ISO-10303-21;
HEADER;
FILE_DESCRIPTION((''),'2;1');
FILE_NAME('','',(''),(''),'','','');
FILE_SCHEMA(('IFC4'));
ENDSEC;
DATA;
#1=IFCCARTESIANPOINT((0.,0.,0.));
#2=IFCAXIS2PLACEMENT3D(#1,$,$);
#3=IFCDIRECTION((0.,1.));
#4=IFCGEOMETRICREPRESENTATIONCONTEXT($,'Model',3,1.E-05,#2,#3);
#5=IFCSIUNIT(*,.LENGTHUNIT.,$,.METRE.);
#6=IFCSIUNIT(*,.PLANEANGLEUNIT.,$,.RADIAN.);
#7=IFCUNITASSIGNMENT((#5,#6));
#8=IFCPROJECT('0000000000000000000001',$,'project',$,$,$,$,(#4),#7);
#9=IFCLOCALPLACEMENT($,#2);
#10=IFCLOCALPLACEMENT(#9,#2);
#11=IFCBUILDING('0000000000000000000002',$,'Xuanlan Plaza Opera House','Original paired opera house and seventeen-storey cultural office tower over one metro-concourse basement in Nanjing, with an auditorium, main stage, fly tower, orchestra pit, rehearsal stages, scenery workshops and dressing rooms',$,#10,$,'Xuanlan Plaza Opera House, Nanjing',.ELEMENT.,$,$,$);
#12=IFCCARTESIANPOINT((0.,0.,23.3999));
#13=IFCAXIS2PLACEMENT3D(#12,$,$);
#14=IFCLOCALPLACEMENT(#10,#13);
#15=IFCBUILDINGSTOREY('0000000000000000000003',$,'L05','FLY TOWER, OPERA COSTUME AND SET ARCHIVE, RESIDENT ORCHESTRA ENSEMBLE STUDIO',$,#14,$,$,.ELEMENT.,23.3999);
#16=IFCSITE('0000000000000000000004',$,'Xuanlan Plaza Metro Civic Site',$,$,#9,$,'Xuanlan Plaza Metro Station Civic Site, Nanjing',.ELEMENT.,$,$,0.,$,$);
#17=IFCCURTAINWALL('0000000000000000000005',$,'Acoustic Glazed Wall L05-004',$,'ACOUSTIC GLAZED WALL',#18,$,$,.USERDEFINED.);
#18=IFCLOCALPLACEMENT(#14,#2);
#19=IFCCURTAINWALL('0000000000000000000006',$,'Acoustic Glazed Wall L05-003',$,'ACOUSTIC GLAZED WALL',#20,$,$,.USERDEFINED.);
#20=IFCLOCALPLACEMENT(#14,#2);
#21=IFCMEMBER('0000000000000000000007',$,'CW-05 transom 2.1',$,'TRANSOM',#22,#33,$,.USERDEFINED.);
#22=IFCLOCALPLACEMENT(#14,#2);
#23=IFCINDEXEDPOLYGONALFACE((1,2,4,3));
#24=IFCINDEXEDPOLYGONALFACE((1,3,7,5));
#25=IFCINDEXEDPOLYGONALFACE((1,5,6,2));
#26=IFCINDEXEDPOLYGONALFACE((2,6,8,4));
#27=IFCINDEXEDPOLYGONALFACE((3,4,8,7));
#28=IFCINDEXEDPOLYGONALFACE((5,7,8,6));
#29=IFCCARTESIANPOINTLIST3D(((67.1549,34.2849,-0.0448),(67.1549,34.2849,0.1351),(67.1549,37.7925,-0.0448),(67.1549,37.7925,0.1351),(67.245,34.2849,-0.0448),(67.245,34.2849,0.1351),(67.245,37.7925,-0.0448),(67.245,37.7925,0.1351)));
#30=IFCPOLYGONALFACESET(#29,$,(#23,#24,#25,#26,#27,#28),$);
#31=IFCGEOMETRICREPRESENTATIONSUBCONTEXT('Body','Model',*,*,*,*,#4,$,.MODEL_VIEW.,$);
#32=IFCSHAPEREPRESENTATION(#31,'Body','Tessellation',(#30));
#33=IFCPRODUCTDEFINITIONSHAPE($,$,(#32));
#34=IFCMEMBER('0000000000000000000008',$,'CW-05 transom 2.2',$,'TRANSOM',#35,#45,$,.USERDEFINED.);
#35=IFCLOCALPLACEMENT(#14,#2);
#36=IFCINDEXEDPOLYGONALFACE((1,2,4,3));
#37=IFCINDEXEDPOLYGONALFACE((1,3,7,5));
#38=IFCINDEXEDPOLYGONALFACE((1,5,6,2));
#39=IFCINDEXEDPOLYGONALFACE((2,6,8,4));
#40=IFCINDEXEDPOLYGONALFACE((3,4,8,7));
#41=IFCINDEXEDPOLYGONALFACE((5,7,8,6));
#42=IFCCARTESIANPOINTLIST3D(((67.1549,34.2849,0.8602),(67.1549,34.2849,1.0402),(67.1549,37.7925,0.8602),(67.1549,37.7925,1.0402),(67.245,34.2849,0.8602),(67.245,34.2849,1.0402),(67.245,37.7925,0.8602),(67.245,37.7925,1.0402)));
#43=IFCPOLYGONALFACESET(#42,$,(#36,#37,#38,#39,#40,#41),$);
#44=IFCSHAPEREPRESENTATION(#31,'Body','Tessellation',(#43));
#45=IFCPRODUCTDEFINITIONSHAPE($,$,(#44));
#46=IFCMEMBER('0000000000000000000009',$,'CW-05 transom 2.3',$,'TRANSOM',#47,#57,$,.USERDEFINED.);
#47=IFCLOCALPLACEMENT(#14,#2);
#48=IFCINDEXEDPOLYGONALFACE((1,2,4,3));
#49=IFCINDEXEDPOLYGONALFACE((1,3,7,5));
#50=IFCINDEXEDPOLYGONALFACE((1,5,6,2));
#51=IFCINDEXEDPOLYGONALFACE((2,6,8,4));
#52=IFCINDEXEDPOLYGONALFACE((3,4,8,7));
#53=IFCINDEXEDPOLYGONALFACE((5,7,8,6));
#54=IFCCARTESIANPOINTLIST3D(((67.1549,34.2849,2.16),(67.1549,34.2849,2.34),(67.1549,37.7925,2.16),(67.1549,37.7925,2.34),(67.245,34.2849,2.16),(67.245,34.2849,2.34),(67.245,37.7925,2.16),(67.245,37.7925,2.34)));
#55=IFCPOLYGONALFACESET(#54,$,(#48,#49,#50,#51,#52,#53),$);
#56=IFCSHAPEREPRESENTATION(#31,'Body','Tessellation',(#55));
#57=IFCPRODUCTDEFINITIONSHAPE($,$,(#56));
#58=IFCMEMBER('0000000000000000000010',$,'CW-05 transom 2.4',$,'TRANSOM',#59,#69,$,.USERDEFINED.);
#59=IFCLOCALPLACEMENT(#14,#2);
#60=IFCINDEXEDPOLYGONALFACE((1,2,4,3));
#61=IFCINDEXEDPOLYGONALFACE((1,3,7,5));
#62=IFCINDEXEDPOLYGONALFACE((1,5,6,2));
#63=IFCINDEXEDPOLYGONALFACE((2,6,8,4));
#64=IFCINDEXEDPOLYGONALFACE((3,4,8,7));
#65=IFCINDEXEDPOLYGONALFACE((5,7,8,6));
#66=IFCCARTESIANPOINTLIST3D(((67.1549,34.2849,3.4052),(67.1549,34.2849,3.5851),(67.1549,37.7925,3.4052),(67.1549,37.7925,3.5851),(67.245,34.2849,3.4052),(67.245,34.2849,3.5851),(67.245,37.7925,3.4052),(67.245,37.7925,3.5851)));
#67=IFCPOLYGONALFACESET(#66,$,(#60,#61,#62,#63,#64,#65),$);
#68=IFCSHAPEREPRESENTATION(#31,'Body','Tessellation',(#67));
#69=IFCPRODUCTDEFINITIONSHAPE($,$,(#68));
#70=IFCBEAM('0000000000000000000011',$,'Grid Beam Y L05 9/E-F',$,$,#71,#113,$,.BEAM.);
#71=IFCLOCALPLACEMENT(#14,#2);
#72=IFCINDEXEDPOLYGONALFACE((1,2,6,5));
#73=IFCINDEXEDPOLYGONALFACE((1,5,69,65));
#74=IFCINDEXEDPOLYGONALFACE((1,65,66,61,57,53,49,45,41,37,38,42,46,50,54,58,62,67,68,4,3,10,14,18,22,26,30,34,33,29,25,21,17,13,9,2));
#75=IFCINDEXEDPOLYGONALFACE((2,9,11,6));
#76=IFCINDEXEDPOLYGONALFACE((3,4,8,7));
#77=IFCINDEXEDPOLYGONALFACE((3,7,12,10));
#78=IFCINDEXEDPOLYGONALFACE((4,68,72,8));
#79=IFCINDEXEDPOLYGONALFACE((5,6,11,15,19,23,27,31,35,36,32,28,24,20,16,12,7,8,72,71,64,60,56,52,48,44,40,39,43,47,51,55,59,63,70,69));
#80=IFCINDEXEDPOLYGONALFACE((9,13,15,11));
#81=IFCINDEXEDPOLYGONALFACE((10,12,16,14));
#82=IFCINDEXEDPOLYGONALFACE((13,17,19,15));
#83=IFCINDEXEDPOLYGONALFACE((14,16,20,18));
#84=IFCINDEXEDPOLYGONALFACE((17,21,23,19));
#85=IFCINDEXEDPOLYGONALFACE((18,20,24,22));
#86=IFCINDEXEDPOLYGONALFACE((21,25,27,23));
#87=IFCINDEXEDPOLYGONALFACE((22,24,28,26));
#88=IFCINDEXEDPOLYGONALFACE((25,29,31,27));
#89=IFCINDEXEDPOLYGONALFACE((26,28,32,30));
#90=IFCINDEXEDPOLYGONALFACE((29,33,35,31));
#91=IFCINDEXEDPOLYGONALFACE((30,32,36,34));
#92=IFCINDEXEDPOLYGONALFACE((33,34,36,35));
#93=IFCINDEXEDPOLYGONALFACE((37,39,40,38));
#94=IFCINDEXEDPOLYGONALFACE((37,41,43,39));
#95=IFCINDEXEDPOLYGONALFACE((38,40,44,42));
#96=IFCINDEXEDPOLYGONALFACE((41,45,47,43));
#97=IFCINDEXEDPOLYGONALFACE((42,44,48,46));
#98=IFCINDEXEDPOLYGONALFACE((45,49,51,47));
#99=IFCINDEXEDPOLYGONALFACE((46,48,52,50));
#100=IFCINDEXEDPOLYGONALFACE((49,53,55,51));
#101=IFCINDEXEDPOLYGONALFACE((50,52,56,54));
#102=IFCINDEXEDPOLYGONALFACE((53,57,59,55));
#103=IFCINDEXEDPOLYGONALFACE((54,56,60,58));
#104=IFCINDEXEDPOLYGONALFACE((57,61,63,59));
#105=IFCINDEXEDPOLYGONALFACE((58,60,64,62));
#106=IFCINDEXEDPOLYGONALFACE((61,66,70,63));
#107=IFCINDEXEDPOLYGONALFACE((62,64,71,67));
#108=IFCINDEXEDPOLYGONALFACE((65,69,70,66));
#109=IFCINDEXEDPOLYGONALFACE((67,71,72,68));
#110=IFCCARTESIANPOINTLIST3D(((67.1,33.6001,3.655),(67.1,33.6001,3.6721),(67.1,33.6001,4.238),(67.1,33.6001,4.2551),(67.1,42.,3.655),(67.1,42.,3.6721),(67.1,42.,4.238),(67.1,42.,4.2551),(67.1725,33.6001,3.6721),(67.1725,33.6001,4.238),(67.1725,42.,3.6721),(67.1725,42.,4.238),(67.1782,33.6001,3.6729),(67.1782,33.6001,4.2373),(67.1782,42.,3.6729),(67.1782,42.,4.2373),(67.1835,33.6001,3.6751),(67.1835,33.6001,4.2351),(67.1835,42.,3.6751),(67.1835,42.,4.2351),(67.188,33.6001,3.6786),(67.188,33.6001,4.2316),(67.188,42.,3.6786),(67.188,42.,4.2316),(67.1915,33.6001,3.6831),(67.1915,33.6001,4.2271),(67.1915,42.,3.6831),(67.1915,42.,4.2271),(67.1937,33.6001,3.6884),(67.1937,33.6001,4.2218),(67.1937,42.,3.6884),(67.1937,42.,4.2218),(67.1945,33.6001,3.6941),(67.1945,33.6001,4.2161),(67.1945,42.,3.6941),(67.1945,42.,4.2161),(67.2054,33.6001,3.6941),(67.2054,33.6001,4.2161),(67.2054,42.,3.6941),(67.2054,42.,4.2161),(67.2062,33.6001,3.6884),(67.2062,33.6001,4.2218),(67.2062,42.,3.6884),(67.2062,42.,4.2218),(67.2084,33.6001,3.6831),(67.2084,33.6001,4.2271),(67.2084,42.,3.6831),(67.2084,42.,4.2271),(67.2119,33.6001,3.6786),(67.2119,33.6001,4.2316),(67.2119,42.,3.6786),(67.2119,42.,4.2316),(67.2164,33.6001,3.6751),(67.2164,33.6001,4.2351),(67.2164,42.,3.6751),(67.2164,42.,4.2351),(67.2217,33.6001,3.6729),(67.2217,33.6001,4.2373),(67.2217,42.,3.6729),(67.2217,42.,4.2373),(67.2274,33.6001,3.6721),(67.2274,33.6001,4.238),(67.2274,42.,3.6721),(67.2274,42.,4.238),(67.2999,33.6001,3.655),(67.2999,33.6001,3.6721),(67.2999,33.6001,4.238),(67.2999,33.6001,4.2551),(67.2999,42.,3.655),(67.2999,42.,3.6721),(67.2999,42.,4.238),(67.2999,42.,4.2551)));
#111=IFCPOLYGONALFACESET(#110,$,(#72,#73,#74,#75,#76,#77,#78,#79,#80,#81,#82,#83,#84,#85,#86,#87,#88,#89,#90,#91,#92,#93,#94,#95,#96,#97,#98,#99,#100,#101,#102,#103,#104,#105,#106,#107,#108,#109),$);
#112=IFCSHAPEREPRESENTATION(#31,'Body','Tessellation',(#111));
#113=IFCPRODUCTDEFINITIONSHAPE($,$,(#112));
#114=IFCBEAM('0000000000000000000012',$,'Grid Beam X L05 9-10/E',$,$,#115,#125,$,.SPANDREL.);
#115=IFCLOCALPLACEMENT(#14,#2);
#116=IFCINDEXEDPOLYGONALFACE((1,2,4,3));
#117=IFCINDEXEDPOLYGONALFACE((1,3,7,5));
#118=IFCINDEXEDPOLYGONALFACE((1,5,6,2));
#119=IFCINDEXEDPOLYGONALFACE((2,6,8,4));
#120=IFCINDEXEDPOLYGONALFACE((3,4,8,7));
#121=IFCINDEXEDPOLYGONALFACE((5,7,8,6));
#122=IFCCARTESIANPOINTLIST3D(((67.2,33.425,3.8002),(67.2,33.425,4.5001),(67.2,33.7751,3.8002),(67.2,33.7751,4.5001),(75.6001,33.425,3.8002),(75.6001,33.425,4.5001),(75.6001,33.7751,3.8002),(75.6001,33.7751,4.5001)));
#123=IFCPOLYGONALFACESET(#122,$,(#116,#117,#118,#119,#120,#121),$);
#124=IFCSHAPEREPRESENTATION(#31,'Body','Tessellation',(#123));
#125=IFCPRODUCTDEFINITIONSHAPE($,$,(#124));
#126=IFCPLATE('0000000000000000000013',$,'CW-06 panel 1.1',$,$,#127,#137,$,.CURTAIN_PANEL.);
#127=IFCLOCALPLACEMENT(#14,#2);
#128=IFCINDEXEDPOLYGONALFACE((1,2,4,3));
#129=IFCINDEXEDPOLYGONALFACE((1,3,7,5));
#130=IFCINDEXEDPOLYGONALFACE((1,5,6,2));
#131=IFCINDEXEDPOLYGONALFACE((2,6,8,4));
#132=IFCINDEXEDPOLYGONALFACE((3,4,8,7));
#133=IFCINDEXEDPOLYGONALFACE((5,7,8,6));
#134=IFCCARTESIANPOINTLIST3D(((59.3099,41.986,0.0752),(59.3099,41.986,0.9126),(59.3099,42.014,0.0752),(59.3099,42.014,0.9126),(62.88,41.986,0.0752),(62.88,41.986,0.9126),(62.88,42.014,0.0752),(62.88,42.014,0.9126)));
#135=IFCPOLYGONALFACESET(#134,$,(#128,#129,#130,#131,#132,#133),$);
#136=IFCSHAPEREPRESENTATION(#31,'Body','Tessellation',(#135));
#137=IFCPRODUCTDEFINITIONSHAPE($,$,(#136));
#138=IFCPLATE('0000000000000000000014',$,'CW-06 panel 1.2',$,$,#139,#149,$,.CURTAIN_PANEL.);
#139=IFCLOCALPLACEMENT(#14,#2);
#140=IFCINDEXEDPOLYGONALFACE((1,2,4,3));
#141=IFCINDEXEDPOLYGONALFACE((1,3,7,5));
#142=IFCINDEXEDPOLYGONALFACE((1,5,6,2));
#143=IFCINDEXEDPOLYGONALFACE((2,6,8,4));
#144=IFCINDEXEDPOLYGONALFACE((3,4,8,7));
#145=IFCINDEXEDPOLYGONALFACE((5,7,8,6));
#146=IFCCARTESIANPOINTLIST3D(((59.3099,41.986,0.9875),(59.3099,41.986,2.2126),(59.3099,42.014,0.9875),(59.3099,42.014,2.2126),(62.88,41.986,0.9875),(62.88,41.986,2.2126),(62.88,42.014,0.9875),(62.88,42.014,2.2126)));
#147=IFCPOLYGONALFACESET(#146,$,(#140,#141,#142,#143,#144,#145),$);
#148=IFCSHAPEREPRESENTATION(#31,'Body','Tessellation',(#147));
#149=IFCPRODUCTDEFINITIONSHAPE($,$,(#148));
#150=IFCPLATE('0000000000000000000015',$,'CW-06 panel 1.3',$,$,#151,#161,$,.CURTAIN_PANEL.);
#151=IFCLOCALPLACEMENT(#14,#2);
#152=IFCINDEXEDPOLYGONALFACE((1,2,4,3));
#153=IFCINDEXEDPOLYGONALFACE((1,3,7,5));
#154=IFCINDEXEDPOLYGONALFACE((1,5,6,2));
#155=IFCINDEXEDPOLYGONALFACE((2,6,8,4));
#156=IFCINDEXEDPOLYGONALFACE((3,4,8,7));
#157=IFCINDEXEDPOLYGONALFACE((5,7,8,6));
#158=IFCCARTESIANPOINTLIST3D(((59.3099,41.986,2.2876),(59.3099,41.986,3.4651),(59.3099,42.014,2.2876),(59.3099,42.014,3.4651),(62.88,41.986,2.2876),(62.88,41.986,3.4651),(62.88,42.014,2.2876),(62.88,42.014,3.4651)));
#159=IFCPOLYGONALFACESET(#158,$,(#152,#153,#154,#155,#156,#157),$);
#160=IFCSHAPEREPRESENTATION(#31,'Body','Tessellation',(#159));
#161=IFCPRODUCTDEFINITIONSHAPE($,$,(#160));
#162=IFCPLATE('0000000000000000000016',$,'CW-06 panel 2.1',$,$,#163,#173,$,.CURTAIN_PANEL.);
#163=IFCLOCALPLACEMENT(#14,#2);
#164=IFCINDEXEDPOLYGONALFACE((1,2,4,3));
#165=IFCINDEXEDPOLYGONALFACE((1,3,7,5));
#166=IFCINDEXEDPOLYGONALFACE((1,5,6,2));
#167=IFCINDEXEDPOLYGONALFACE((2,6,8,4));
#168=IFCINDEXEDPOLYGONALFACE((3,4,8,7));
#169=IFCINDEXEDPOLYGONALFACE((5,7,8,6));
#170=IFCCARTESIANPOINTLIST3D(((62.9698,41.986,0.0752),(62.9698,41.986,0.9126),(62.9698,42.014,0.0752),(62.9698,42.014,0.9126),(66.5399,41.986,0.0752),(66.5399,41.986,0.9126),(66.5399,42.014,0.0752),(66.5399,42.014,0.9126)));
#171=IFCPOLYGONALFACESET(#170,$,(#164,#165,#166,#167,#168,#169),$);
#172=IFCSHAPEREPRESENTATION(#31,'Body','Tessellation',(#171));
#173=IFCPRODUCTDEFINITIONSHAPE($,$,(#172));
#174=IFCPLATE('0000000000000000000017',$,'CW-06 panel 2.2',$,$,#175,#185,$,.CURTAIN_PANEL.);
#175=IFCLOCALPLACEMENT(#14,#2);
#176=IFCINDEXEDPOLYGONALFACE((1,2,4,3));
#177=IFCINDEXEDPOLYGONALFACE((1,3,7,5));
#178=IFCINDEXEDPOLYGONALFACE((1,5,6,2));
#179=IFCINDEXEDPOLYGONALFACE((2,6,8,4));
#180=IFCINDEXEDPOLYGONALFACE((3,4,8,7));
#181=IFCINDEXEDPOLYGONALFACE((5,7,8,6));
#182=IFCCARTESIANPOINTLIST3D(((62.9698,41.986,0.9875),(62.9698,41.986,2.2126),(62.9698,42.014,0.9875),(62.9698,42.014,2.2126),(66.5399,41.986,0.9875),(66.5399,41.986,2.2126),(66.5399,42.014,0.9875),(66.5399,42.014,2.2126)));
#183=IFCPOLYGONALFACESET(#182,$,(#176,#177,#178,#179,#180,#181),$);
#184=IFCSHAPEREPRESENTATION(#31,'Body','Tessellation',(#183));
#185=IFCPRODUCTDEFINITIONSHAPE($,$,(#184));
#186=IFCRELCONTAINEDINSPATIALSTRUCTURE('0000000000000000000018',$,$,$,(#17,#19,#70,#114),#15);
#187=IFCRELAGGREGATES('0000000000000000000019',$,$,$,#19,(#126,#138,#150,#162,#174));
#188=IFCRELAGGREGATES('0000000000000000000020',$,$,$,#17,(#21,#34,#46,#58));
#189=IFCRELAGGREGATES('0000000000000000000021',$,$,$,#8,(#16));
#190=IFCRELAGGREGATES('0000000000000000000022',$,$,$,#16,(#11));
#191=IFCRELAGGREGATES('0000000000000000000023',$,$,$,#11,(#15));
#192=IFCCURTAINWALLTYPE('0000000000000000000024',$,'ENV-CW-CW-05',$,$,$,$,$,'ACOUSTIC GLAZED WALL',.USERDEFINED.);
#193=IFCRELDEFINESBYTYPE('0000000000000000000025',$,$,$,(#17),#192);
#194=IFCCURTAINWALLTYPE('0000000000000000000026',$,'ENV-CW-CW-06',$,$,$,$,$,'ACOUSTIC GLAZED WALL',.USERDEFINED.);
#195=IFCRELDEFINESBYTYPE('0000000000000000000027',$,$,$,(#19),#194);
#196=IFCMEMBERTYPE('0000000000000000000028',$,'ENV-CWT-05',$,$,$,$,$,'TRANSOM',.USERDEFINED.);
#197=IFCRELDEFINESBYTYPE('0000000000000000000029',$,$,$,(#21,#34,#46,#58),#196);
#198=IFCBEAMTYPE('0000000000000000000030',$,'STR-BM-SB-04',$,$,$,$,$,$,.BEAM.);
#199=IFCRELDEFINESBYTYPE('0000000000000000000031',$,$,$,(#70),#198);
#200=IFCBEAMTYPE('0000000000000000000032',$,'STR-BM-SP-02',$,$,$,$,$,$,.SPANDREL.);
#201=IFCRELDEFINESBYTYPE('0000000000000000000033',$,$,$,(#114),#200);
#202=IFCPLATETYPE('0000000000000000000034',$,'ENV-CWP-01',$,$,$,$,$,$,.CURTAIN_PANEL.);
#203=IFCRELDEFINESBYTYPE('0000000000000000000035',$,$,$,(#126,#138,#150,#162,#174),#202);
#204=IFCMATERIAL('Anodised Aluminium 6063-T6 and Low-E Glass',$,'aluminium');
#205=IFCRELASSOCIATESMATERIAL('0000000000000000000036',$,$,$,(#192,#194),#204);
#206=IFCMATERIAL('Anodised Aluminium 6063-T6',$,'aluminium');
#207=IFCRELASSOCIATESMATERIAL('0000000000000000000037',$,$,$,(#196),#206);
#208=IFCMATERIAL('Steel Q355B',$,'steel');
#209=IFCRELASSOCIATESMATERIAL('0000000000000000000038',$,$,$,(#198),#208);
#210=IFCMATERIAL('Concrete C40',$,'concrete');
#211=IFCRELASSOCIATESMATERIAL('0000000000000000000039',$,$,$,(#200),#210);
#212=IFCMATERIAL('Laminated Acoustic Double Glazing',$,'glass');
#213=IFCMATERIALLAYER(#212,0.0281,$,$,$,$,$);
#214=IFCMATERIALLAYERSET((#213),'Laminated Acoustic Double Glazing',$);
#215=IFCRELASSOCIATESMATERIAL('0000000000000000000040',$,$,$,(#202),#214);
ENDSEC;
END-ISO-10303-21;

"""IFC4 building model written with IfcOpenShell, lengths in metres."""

from ifc_helpers import new_model, si_unit, direction, frame, origin, origin_2d, place, context, subcontext, project, spatial, rectangle, i_section, extrude, material, layer, layer_set, material_profile, profile_set, type_object, element, aggregate, save


model = new_model("IFC4")

# Units and contexts
model_context = context("Model", 3, precision=1e-05, world=origin(), true_north=direction((0.0, 1.0)))
body_context = subcontext(model_context, "Body", "Model", "MODEL_VIEW")
ifc_project = project(units=[si_unit("LENGTHUNIT", "METRE"), si_unit("PLANEANGLEUNIT", "RADIAN")], contexts=[model_context])

# Site, building, storey
site_placement = place(None, origin())
site = spatial("IfcSite", under=ifc_project, at=site_placement, Name="Xuanlan Plaza Metro Civic Site", LongName="Xuanlan Plaza Metro Station Civic Site, Nanjing", CompositionType="ELEMENT", RefElevation=0.0)
building_placement = place(site_placement, origin())
building = spatial("IfcBuilding", under=site, at=building_placement, Name="Xuanlan Plaza Opera House", Description="Original paired opera house and seventeen-storey cultural office tower over one metro-concourse basement in Nanjing, with an auditorium, main stage, fly tower, orchestra pit, rehearsal stages, scenery workshops and dressing rooms", LongName="Xuanlan Plaza Opera House, Nanjing", CompositionType="ELEMENT")
storey_placement = place(building_placement, frame((0.0, 0.0, 23.3999)))
storey = spatial("IfcBuildingStorey", under=building, at=storey_placement, Name="L05", Description="FLY TOWER, OPERA COSTUME AND SET ARCHIVE, RESIDENT ORCHESTRA ENSEMBLE STUDIO", CompositionType="ELEMENT", Elevation=23.3999)

# Curtain walls
ifc_material_1 = material(Name="Anodised Aluminium 6063-T6 and Low-E Glass", Category="aluminium")
curtain_wall_type_1 = type_object("IfcCurtainWallType", Name="ENV-CW-CW-05", ElementType="ACOUSTIC GLAZED WALL", PredefinedType="USERDEFINED", material=ifc_material_1)
curtain_wall_1_placement = place(storey_placement, origin())
curtain_wall_1 = element("IfcCurtainWall", 1, at=curtain_wall_1_placement, inside=storey, type_object=curtain_wall_type_1, Name="Acoustic Glazed Wall L05-004", ObjectType="ACOUSTIC GLAZED WALL", PredefinedType="USERDEFINED")
ifc_material_2 = material(Name="Anodised Aluminium 6063-T6", Category="aluminium")
curtain_wall_type_2 = type_object("IfcCurtainWallType", Name="ENV-CW-CW-06", ElementType="ACOUSTIC GLAZED WALL", PredefinedType="USERDEFINED", material=ifc_material_1)
curtain_wall_2_placement = place(storey_placement, origin())
curtain_wall_2 = element("IfcCurtainWall", 2, at=curtain_wall_2_placement, inside=storey, type_object=curtain_wall_type_2, Name="Acoustic Glazed Wall L05-003", ObjectType="ACOUSTIC GLAZED WALL", PredefinedType="USERDEFINED")

# Members
ifc_material_profile_1 = material_profile(ifc_material_2, rectangle(XDim=0.0901, YDim=0.1799, at=origin_2d()), Name="ALU-T 90x180")
ifc_profile_set_1 = profile_set([ifc_material_profile_1], Name="Anodised Aluminium 6063-T6")
member_type_1 = type_object("IfcMemberType", Name="ENV-CWT-05", ElementType="TRANSOM", PredefinedType="USERDEFINED", material=ifc_profile_set_1)
member_1_placement = place(storey_placement, frame((67.2, 37.7925, 0.0452), z_axis=(0.0, -1.0, 0.0), x_axis=(1.0, 0.0, 0.0)))
member_1 = element("IfcMember", 3, at=member_1_placement, type_object=member_type_1, Name="CW-05 transom 2.1", ObjectType="TRANSOM", PredefinedType="USERDEFINED", context=body_context, shape_type="SweptSolid", body=[
    extrude(rectangle(XDim=0.0901, YDim=0.1799, at=origin_2d()), origin(), (0.0, 0.0, 1.0), 3.5076),
])
member_2_placement = place(storey_placement, frame((67.2, 37.7925, 0.9502), z_axis=(0.0, -1.0, 0.0), x_axis=(1.0, 0.0, 0.0)))
member_2 = element("IfcMember", 4, at=member_2_placement, type_object=member_type_1, Name="CW-05 transom 2.2", ObjectType="TRANSOM", PredefinedType="USERDEFINED", context=body_context, shape_type="SweptSolid", body=[
    extrude(rectangle(XDim=0.0901, YDim=0.1799, at=origin_2d()), origin(), (0.0, 0.0, 1.0), 3.5076),
])
member_3_placement = place(storey_placement, frame((67.2, 37.7925, 2.25), z_axis=(0.0, -1.0, 0.0), x_axis=(1.0, 0.0, 0.0)))
member_3 = element("IfcMember", 5, at=member_3_placement, type_object=member_type_1, Name="CW-05 transom 2.3", ObjectType="TRANSOM", PredefinedType="USERDEFINED", context=body_context, shape_type="SweptSolid", body=[
    extrude(rectangle(XDim=0.0901, YDim=0.1799, at=origin_2d()), origin(), (0.0, 0.0, 1.0), 3.5076),
])
member_4_placement = place(storey_placement, frame((67.2, 37.7925, 3.4951), z_axis=(0.0, -1.0, 0.0), x_axis=(1.0, 0.0, 0.0)))
member_4 = element("IfcMember", 6, at=member_4_placement, type_object=member_type_1, Name="CW-05 transom 2.4", ObjectType="TRANSOM", PredefinedType="USERDEFINED", context=body_context, shape_type="SweptSolid", body=[
    extrude(rectangle(XDim=0.0901, YDim=0.1799, at=origin_2d()), origin(), (0.0, 0.0, 1.0), 3.5076),
])

# Beams
ifc_material_3 = material(Name="Steel Q355B", Category="steel")
ifc_material_profile_2 = material_profile(ifc_material_3, i_section(OverallWidth=0.2, OverallDepth=0.6001, WebThickness=0.011, FlangeThickness=0.0171, FilletRadius=0.022, at=origin_2d()), Name="HN 600x200x11x17")
ifc_profile_set_2 = profile_set([ifc_material_profile_2], Name="Steel Q355B")
beam_type_1 = type_object("IfcBeamType", Name="STR-BM-SB-04", PredefinedType="BEAM", material=ifc_profile_set_2)
beam_1_placement = place(storey_placement, frame((67.2, 33.6001, 3.9551), z_axis=(0.0, 1.0, 0.0), x_axis=(-1.0, 0.0, 0.0)))
element("IfcBeam", 7, at=beam_1_placement, inside=storey, type_object=beam_type_1, Name="Grid Beam Y L05 9/E-F", PredefinedType="BEAM", context=body_context, shape_type="SweptSolid", body=[
    extrude(i_section(OverallWidth=0.2, OverallDepth=0.6001, WebThickness=0.011, FlangeThickness=0.0171, FilletRadius=0.022, at=origin_2d()), origin(), (0.0, 0.0, 1.0), 8.3999),
])
ifc_material_4 = material(Name="Concrete C40", Category="concrete")
ifc_material_profile_3 = material_profile(ifc_material_4, rectangle(XDim=0.3501, YDim=0.7, at=origin_2d()), Name="RC-SPD 350x700")
ifc_profile_set_3 = profile_set([ifc_material_profile_3], Name="Concrete C40")
beam_type_2 = type_object("IfcBeamType", Name="STR-BM-SP-02", PredefinedType="SPANDREL", material=ifc_profile_set_3)
beam_2_placement = place(storey_placement, frame((67.2, 33.6001, 4.1501), z_axis=(1.0, 0.0, 0.0), x_axis=(0.0, 1.0, 0.0)))
element("IfcBeam", 8, at=beam_2_placement, inside=storey, type_object=beam_type_2, Name="Grid Beam X L05 9-10/E", PredefinedType="SPANDREL", context=body_context, shape_type="SweptSolid", body=[
    extrude(rectangle(XDim=0.3501, YDim=0.7, at=origin_2d()), origin(), (0.0, 0.0, 1.0), 8.4001),
])

# Plates
ifc_material_5 = material(Name="Laminated Acoustic Double Glazing", Category="glass")
ifc_layer_1 = layer(ifc_material_5, 0.0281)
ifc_layer_set_1 = layer_set([ifc_layer_1], Name="Laminated Acoustic Double Glazing")
plate_type_1 = type_object("IfcPlateType", Name="ENV-CWP-01", PredefinedType="CURTAIN_PANEL", material=ifc_layer_set_1)
plate_1_placement = place(storey_placement, frame((61.095, 42.0, 0.0752), z_axis=(0.0, 0.0, 1.0), x_axis=(1.0, 0.0, 0.0)))
plate_1 = element("IfcPlate", 9, at=plate_1_placement, type_object=plate_type_1, Name="CW-06 panel 1.1", PredefinedType="CURTAIN_PANEL", context=body_context, shape_type="SweptSolid", body=[
    extrude(rectangle(XDim=3.5701, YDim=0.0281, at=origin_2d()), origin(), (0.0, 0.0, 1.0), 0.8374),
])
plate_2_placement = place(storey_placement, frame((61.095, 42.0, 0.9875), z_axis=(0.0, 0.0, 1.0), x_axis=(1.0, 0.0, 0.0)))
plate_2 = element("IfcPlate", 10, at=plate_2_placement, type_object=plate_type_1, Name="CW-06 panel 1.2", PredefinedType="CURTAIN_PANEL", context=body_context, shape_type="SweptSolid", body=[
    extrude(rectangle(XDim=3.5701, YDim=0.0281, at=origin_2d()), origin(), (0.0, 0.0, 1.0), 1.2251),
])
plate_3_placement = place(storey_placement, frame((61.095, 42.0, 2.2876), z_axis=(0.0, 0.0, 1.0), x_axis=(1.0, 0.0, 0.0)))
plate_3 = element("IfcPlate", 11, at=plate_3_placement, type_object=plate_type_1, Name="CW-06 panel 1.3", PredefinedType="CURTAIN_PANEL", context=body_context, shape_type="SweptSolid", body=[
    extrude(rectangle(XDim=3.5701, YDim=0.0281, at=origin_2d()), origin(), (0.0, 0.0, 1.0), 1.1775),
])
plate_4_placement = place(storey_placement, frame((64.7549, 42.0, 0.0752), z_axis=(0.0, 0.0, 1.0), x_axis=(1.0, 0.0, 0.0)))
plate_4 = element("IfcPlate", 12, at=plate_4_placement, type_object=plate_type_1, Name="CW-06 panel 2.1", PredefinedType="CURTAIN_PANEL", context=body_context, shape_type="SweptSolid", body=[
    extrude(rectangle(XDim=3.5701, YDim=0.0281, at=origin_2d()), origin(), (0.0, 0.0, 1.0), 0.8374),
])
plate_5_placement = place(storey_placement, frame((64.7549, 42.0, 0.9875), z_axis=(0.0, 0.0, 1.0), x_axis=(1.0, 0.0, 0.0)))
plate_5 = element("IfcPlate", 13, at=plate_5_placement, type_object=plate_type_1, Name="CW-06 panel 2.2", PredefinedType="CURTAIN_PANEL", context=body_context, shape_type="SweptSolid", body=[
    extrude(rectangle(XDim=3.5701, YDim=0.0281, at=origin_2d()), origin(), (0.0, 0.0, 1.0), 1.2251),
])
aggregate(curtain_wall_2, [plate_1, plate_2, plate_3, plate_4, plate_5])
aggregate(curtain_wall_1, [member_1, member_2, member_3, member_4])

save(model, "model.ifc")
